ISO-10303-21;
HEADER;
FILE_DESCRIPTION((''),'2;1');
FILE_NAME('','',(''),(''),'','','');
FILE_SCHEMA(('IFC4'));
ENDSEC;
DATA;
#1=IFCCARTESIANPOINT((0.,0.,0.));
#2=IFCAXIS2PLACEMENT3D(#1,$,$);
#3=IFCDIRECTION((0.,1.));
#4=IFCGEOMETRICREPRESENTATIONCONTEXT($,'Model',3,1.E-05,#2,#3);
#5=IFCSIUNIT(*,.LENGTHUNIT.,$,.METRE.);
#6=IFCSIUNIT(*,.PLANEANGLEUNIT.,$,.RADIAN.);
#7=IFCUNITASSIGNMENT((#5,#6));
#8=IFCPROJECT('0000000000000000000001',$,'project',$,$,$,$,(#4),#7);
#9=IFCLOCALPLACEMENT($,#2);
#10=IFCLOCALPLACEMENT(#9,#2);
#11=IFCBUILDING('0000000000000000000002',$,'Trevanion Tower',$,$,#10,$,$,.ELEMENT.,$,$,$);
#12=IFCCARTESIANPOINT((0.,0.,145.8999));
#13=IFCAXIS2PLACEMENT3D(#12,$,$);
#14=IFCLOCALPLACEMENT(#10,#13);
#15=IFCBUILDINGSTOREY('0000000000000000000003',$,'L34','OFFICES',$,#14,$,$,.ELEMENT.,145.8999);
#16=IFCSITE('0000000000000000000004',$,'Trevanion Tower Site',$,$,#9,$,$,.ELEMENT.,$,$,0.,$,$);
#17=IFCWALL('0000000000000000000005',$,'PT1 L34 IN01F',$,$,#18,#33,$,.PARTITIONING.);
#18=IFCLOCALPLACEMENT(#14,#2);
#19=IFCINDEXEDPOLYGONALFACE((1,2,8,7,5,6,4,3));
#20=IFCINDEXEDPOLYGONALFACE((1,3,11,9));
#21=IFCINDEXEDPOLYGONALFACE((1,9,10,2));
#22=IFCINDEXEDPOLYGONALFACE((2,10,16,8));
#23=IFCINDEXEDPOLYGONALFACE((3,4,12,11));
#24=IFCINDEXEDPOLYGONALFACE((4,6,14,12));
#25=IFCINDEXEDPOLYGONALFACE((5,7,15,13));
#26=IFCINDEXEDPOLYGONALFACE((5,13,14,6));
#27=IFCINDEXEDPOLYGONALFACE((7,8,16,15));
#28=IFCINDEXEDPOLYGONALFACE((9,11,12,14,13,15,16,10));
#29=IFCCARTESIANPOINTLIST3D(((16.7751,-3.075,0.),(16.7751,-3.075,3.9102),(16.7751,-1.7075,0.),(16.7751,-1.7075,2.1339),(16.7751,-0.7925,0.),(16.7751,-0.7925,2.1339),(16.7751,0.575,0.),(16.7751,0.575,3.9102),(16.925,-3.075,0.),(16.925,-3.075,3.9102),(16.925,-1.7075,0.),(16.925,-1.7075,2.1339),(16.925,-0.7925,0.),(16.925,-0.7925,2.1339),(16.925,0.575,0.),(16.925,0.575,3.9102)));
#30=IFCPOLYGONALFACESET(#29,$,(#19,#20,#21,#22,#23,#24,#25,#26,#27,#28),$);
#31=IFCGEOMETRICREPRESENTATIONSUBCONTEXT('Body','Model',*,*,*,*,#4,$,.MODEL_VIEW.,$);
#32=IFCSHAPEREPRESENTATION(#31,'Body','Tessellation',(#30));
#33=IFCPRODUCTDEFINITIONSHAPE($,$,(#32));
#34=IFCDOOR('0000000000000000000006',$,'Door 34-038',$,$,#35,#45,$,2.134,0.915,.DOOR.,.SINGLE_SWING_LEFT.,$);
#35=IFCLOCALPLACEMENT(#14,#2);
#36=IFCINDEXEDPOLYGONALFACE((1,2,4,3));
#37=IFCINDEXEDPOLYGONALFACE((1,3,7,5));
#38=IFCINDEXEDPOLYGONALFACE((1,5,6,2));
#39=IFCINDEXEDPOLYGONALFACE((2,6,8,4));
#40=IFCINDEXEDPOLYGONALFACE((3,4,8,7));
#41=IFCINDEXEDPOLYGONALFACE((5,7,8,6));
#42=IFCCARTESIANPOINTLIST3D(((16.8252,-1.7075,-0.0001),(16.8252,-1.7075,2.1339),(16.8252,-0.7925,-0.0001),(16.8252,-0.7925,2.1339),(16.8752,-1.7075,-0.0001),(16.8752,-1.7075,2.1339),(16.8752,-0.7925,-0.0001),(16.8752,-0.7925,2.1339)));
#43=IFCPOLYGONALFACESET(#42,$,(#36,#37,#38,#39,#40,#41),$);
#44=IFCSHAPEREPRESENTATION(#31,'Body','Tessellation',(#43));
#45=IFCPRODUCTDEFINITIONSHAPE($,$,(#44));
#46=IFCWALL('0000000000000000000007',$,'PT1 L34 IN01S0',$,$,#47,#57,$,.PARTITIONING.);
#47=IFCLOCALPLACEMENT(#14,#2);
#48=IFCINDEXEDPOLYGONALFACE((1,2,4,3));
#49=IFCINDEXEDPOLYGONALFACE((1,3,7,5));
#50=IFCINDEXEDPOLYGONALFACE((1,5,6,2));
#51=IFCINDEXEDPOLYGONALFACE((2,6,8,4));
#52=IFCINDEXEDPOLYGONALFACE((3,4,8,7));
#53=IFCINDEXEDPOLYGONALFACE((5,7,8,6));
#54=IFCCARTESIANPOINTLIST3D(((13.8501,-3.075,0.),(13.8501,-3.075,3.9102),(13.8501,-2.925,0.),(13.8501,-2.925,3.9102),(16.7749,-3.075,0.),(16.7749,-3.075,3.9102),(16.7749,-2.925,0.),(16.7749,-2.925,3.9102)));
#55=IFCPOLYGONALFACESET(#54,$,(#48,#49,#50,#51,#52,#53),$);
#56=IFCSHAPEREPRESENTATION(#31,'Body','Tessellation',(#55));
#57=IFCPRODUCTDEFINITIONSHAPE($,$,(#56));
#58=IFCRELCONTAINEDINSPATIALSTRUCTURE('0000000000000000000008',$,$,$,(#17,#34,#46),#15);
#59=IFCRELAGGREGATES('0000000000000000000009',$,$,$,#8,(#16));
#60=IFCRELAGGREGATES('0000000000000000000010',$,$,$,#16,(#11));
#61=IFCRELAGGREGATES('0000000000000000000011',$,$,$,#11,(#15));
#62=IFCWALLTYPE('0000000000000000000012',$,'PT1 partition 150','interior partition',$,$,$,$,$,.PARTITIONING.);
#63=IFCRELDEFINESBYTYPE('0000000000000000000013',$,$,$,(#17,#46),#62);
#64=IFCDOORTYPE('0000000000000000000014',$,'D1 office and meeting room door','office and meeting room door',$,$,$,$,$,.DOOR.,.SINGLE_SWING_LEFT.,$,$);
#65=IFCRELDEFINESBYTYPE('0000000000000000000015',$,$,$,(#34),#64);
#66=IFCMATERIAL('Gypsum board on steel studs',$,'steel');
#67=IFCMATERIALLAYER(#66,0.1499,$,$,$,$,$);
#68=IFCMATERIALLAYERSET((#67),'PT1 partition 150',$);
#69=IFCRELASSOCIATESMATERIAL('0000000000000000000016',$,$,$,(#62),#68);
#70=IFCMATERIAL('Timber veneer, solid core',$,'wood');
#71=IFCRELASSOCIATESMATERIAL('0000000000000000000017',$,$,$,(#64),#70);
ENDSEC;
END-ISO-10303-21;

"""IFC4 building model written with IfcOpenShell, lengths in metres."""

from ifc_helpers import new_model, si_unit, direction, frame, frame_2d, origin, place, context, subcontext, project, spatial, rectangle, extrude, material, layer, layer_set, type_object, element, fill, save


model = new_model("IFC4")

# Units and contexts
model_context = context("Model", 3, precision=1e-05, world=origin(), true_north=direction((0.0, 1.0)))
body_context = subcontext(model_context, "Body", "Model", "MODEL_VIEW")
ifc_project = project(units=[si_unit("LENGTHUNIT", "METRE"), si_unit("PLANEANGLEUNIT", "RADIAN")], contexts=[model_context])

# Site, building, storey
site_placement = place(None, origin())
site = spatial("IfcSite", under=ifc_project, at=site_placement, Name="Trevanion Tower Site", CompositionType="ELEMENT", RefElevation=0.0)
building_placement = place(site_placement, origin())
building = spatial("IfcBuilding", under=site, at=building_placement, Name="Trevanion Tower", CompositionType="ELEMENT")
storey_placement = place(building_placement, frame((0.0, 0.0, 145.8999)))
storey = spatial("IfcBuildingStorey", under=building, at=storey_placement, Name="L34", Description="OFFICES", CompositionType="ELEMENT", Elevation=145.8999)

# Shared definitions
ifc_material_1 = material(Name="Gypsum board on steel studs", Category="steel")
ifc_layer_1 = layer(ifc_material_1, 0.1499)
ifc_layer_set_1 = layer_set([ifc_layer_1], Name="PT1 partition 150")
wall_type = type_object("IfcWallType", Name="PT1 partition 150", Description="interior partition", PredefinedType="PARTITIONING", material=ifc_layer_set_1)
ifc_material_2 = material(Name="Timber veneer, solid core", Category="wood")
door_type = type_object("IfcDoorType", Name="D1 office and meeting room door", Description="office and meeting room door", OperationType="SINGLE_SWING_LEFT", PredefinedType="DOOR", material=ifc_material_2)

# Wall, opening, door
wall_1_placement = place(storey_placement, frame((16.8501, -3.075, 0.0), z_axis=(0.0, 0.0, 1.0), x_axis=(0.0, 1.0, 0.0)))
wall_1 = element("IfcWall", 1, at=wall_1_placement, inside=storey, type_object=wall_type, Name="PT1 L34 IN01F", PredefinedType="PARTITIONING", context=body_context, shape_type="SweptSolid", body=[
    extrude(rectangle(XDim=3.6499, YDim=0.1499, at=frame_2d((1.825, 0.0))), origin(), (0.0, 0.0, 1.0), 3.9102),
])
opening_1_placement = place(wall_1_placement, frame((1.3674, 0.0, 0.0)))
opening_1 = element("IfcOpeningElement", 2, at=opening_1_placement, cuts=wall_1, PredefinedType="OPENING", context=body_context, shape_type="SweptSolid", body=[
    extrude(rectangle(XDim=0.915, YDim=2.134, at=frame_2d((0.4575, 1.0669))), frame((0.0, 0.085, 0.0), z_axis=(0.0, -1.0, 0.0), x_axis=(1.0, 0.0, 0.0)), (0.0, 0.0, 1.0), 0.1699),
])
door_1_placement = place(opening_1_placement, origin())
door_1 = element("IfcDoor", 3, at=door_1_placement, inside=storey, type_object=door_type, Name="Door 34-038", OperationType="SINGLE_SWING_LEFT", OverallHeight=2.134, OverallWidth=0.915, PredefinedType="DOOR", context=body_context, shape_type="SweptSolid", body=[
    extrude(rectangle(XDim=0.915, YDim=2.134, at=frame_2d((0.4575, 1.0669))), frame((0.0, 0.0249, 0.0), z_axis=(0.0, -1.0, 0.0), x_axis=(1.0, 0.0, 0.0)), (0.0, 0.0, 1.0), 0.05),
])
fill(opening_1, door_1)

# Wall
wall_2_placement = place(storey_placement, frame((16.7749, -3.0, 0.0), z_axis=(0.0, 0.0, 1.0), x_axis=(-1.0, 0.0, 0.0)))
element("IfcWall", 4, at=wall_2_placement, inside=storey, type_object=wall_type, Name="PT1 L34 IN01S0", PredefinedType="PARTITIONING", context=body_context, shape_type="SweptSolid", body=[
    extrude(rectangle(XDim=2.9248, YDim=0.1499, at=frame_2d((1.4624, 0.0))), origin(), (0.0, 0.0, 1.0), 3.9102),
])

save(model, "model.ifc")
